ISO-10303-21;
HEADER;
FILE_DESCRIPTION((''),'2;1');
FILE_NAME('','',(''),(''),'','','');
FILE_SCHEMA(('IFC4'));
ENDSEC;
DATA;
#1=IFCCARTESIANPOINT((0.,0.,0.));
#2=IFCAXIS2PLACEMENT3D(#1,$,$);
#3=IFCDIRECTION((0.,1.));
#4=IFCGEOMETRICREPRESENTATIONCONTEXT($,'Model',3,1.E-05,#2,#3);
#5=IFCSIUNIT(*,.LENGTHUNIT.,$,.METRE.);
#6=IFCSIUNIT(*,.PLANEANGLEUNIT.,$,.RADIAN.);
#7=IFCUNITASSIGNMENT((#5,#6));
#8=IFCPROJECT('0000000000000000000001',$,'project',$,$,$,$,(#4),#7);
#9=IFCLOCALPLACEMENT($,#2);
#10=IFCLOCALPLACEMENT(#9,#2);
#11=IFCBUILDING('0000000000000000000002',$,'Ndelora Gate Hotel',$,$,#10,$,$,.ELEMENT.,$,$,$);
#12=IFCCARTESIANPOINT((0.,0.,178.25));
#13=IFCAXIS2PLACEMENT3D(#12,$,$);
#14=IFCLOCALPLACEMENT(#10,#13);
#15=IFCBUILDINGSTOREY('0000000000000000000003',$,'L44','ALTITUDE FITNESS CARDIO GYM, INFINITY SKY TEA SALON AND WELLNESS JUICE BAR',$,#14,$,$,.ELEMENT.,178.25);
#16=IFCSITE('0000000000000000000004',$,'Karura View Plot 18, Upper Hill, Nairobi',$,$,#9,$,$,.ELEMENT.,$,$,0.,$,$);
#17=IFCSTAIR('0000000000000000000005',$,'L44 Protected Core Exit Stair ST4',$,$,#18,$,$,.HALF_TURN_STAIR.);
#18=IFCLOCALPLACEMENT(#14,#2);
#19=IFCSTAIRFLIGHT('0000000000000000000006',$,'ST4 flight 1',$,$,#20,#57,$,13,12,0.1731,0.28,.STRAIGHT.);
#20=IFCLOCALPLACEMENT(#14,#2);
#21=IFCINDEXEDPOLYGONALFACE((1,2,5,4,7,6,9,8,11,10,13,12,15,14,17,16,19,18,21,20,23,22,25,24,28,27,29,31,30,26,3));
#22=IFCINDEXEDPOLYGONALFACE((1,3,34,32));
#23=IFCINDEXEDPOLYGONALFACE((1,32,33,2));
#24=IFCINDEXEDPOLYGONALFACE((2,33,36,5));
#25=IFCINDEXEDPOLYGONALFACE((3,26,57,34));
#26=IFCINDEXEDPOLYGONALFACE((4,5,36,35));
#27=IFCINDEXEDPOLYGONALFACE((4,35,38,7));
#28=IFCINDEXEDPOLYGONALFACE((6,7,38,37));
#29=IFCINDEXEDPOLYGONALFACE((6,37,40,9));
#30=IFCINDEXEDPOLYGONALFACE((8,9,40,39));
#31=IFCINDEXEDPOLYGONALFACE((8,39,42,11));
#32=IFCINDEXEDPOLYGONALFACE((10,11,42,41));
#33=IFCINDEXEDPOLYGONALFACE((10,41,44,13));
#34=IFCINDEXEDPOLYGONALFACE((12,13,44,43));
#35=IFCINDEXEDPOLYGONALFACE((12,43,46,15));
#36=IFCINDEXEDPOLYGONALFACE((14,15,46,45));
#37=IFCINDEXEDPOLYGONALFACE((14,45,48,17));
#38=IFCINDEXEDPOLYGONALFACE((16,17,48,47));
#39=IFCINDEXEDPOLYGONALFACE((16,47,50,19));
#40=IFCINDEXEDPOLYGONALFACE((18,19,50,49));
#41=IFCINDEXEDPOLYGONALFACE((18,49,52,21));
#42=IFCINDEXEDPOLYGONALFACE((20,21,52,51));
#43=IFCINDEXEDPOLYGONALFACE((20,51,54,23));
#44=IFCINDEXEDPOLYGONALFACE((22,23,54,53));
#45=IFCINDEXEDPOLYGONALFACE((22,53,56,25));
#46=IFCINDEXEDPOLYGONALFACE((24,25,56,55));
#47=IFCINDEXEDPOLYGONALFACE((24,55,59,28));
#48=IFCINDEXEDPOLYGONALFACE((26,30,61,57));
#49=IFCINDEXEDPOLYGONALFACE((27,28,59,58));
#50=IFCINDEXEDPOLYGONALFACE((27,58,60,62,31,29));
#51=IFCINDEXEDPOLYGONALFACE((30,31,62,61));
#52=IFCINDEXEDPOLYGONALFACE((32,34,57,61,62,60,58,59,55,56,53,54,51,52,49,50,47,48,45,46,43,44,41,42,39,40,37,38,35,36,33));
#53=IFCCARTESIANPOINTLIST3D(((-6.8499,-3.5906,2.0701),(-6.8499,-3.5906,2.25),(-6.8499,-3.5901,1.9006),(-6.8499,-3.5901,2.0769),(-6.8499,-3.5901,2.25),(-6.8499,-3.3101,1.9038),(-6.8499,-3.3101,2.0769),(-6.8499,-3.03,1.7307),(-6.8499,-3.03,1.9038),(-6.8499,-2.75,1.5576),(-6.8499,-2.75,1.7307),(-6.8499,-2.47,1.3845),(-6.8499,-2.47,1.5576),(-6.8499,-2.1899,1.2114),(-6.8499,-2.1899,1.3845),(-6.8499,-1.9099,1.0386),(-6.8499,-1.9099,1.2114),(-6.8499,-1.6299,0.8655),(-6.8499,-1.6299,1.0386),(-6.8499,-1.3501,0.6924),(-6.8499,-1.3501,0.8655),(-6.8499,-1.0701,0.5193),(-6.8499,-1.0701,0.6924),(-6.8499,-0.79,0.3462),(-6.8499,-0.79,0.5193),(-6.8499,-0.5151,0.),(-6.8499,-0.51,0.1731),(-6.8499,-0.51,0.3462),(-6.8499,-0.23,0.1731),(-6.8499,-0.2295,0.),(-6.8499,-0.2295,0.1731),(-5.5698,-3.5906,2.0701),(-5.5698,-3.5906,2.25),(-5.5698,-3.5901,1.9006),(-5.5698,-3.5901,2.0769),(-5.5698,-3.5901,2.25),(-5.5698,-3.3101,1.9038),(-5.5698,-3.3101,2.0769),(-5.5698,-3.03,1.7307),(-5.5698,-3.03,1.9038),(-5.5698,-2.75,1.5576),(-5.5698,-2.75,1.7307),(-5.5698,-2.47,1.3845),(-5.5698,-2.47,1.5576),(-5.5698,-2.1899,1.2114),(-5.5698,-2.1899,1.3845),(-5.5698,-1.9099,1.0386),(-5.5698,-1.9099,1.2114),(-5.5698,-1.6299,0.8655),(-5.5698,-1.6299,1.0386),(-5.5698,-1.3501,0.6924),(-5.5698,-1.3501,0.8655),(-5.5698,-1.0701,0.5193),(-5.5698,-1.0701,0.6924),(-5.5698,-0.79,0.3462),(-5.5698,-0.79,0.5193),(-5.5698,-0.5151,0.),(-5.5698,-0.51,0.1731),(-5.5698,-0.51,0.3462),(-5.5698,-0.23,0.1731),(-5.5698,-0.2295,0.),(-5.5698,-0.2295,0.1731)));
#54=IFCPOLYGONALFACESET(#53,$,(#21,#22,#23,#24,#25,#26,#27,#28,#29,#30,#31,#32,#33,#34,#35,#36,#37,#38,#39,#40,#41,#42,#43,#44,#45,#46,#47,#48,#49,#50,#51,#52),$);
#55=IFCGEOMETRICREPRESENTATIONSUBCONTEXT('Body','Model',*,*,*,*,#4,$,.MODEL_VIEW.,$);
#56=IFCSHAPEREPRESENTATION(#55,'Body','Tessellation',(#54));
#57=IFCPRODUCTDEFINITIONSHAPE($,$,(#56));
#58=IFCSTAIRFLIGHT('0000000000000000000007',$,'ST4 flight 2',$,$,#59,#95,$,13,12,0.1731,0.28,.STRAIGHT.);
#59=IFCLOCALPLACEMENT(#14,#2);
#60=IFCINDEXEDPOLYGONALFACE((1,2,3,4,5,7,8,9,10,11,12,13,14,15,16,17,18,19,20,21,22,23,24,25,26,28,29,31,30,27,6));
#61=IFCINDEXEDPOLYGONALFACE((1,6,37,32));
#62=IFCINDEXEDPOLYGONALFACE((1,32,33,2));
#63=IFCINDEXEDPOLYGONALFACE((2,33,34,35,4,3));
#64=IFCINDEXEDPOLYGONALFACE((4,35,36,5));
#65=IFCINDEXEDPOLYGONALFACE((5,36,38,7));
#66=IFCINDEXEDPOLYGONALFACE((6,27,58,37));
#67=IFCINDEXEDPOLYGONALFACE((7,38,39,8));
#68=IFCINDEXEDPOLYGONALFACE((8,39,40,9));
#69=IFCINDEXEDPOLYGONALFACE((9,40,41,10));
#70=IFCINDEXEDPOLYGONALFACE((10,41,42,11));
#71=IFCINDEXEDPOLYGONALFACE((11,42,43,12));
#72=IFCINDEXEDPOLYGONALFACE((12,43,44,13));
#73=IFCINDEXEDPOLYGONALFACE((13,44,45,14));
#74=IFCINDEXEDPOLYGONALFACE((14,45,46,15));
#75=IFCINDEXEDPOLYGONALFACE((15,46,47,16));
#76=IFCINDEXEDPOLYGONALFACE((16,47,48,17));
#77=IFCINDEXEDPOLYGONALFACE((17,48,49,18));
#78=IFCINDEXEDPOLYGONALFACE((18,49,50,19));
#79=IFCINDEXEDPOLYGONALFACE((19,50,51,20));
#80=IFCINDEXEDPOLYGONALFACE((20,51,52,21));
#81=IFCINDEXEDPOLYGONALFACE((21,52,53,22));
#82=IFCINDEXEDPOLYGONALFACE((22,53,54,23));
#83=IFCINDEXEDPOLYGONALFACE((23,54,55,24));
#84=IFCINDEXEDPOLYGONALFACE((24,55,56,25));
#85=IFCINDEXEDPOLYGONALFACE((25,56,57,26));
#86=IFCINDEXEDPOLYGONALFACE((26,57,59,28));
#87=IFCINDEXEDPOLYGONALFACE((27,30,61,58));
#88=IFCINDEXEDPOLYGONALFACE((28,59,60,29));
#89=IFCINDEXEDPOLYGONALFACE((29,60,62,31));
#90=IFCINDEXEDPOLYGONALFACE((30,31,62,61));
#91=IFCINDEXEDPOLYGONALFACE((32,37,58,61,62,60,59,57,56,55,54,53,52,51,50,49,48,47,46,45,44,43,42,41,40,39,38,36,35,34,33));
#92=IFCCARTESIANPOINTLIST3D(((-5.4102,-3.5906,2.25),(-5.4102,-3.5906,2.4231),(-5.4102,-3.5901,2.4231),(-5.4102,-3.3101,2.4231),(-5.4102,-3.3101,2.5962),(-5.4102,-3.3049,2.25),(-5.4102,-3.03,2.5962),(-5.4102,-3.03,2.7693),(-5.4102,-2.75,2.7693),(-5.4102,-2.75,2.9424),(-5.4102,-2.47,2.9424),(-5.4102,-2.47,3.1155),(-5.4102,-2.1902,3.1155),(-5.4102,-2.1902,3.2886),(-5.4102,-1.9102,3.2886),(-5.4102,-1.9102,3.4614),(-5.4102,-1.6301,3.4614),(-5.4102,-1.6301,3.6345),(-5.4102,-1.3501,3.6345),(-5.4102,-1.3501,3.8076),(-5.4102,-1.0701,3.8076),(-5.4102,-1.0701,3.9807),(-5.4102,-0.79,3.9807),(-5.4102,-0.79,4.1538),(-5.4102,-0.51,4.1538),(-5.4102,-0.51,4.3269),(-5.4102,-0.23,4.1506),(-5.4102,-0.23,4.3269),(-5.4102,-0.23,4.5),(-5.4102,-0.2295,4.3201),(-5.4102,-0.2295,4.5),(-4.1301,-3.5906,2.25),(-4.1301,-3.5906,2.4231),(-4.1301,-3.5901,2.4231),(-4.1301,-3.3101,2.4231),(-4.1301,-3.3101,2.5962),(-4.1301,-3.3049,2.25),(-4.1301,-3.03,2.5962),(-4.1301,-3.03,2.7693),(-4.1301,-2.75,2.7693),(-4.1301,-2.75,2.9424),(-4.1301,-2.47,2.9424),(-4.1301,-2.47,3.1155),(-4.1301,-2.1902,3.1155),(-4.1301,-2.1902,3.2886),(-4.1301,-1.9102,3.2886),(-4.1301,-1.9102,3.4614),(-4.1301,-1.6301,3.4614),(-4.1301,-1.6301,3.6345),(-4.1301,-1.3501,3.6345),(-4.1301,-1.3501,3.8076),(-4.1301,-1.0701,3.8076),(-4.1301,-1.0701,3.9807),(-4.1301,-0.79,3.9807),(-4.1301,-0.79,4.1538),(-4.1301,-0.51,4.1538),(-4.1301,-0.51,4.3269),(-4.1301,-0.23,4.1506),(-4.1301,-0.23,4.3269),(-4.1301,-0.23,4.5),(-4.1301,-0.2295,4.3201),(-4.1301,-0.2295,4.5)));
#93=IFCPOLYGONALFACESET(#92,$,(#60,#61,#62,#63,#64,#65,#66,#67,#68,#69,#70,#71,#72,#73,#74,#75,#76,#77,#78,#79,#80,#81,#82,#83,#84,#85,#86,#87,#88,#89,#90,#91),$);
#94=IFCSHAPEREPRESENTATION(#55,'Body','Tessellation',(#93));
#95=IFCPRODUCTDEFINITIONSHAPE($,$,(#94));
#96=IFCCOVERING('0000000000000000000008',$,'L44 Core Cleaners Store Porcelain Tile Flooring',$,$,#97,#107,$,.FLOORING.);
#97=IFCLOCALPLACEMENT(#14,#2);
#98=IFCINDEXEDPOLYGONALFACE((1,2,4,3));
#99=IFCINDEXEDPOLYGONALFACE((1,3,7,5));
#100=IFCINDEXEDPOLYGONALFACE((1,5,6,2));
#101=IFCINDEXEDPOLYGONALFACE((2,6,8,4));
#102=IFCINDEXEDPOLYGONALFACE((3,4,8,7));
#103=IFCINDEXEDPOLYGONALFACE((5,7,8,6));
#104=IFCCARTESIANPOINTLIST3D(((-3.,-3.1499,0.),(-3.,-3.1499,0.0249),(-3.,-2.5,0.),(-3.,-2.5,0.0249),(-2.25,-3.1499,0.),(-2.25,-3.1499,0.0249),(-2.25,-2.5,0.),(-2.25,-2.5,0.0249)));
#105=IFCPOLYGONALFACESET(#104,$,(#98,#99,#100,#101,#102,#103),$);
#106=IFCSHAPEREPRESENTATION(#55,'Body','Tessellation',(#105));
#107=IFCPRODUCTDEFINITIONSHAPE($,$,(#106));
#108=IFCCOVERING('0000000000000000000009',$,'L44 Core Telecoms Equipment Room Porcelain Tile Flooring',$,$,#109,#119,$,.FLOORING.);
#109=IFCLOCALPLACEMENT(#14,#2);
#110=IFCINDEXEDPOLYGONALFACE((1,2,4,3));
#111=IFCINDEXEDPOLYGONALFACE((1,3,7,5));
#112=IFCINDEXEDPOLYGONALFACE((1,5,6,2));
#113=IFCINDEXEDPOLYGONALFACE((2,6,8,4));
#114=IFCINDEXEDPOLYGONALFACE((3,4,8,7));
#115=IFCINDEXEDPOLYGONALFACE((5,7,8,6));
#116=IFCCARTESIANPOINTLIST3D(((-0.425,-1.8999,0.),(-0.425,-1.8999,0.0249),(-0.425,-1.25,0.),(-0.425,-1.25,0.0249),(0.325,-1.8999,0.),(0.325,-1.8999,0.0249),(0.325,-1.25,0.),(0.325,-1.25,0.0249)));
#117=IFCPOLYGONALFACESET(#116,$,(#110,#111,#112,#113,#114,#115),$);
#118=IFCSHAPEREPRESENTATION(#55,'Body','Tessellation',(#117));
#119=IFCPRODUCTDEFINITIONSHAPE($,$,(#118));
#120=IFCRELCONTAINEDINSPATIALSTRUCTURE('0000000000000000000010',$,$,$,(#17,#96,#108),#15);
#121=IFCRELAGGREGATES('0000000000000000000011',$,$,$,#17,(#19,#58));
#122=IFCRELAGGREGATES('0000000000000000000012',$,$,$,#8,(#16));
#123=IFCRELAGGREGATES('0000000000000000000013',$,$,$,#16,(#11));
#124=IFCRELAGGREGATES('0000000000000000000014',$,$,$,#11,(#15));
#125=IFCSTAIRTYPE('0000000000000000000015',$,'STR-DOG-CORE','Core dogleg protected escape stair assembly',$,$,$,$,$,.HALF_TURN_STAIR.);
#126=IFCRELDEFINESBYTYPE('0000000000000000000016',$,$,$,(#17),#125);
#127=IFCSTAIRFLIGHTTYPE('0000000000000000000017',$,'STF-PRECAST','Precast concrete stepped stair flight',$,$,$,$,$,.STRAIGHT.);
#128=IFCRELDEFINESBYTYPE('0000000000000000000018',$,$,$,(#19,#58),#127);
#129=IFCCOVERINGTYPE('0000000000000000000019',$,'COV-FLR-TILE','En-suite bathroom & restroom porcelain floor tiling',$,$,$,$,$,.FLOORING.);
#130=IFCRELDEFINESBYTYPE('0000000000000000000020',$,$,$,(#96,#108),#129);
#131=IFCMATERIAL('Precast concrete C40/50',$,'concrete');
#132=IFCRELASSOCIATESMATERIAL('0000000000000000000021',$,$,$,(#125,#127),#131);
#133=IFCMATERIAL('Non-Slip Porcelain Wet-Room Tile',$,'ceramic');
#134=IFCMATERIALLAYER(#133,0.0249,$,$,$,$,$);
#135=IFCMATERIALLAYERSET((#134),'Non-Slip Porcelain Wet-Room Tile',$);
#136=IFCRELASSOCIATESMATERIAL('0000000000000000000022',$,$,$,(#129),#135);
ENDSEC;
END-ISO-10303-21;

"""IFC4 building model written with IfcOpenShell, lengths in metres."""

from ifc_helpers import new_model, si_unit, direction, frame, origin, origin_2d, place, context, subcontext, project, spatial, polyline, rectangle, outline, extrude, material, layer, layer_set, type_object, element, aggregate, save


model = new_model("IFC4")

# Units and contexts
model_context = context("Model", 3, precision=1e-05, world=origin(), true_north=direction((0.0, 1.0)))
body_context = subcontext(model_context, "Body", "Model", "MODEL_VIEW")
ifc_project = project(units=[si_unit("LENGTHUNIT", "METRE"), si_unit("PLANEANGLEUNIT", "RADIAN")], contexts=[model_context])

# Site, building, storey
site_placement = place(None, origin())
site = spatial("IfcSite", under=ifc_project, at=site_placement, Name="Karura View Plot 18, Upper Hill, Nairobi", CompositionType="ELEMENT", RefElevation=0.0)
building_placement = place(site_placement, origin())
building = spatial("IfcBuilding", under=site, at=building_placement, Name="Ndelora Gate Hotel", CompositionType="ELEMENT")
storey_placement = place(building_placement, frame((0.0, 0.0, 178.25)))
storey = spatial("IfcBuildingStorey", under=building, at=storey_placement, Name="L44", Description="ALTITUDE FITNESS CARDIO GYM, INFINITY SKY TEA SALON AND WELLNESS JUICE BAR", CompositionType="ELEMENT", Elevation=178.25)

# Stair, stair flights
ifc_material_1 = material(Name="Precast concrete C40/50", Category="concrete")
stair_type = type_object("IfcStairType", Name="STR-DOG-CORE", Description="Core dogleg protected escape stair assembly", PredefinedType="HALF_TURN_STAIR", material=ifc_material_1)
stair_placement = place(storey_placement, origin())
stair = element("IfcStair", 1, at=stair_placement, inside=storey, type_object=stair_type, Name="L44 Protected Core Exit Stair ST4", PredefinedType="HALF_TURN_STAIR")
stair_flight_type = type_object("IfcStairFlightType", Name="STF-PRECAST", Description="Precast concrete stepped stair flight", PredefinedType="STRAIGHT", material=ifc_material_1)
stair_flight_1_placement = place(storey_placement, frame((-6.21, -0.23, 0.0), z_axis=(0.0, 0.0, 1.0), x_axis=(0.0, -1.0, 0.0)))
stair_flight_1 = element("IfcStairFlight", 2, at=stair_flight_1_placement, type_object=stair_flight_type, Name="ST4 flight 1", NumberOfRisers=13, NumberOfTreads=12, PredefinedType="STRAIGHT", RiserHeight=0.1731, TreadLength=0.28, context=body_context, shape_type="SweptSolid", body=[
    extrude(outline(polyline([(-0.0005, 0.0), (-0.0005, 0.1731), (0.0, 0.1731), (0.28, 0.1731), (0.28, 0.3462), (0.5601, 0.3462), (0.5601, 0.5193), (0.8401, 0.5193), (0.8401, 0.6924), (1.1201, 0.6924), (1.1201, 0.8655), (1.3999, 0.8655), (1.3999, 1.0386), (1.6799, 1.0386), (1.6799, 1.2114), (1.96, 1.2114), (1.96, 1.3845), (2.24, 1.3845), (2.24, 1.5576), (2.52, 1.5576), (2.52, 1.7307), (2.8, 1.7307), (2.8, 1.9038), (3.0801, 1.9038), (3.0801, 2.0769), (3.3601, 2.0769), (3.3601, 2.25), (3.3606, 2.25), (3.3606, 2.0701), (3.3601, 1.9006), (0.2852, 0.0), (-0.0005, 0.0)])), frame((0.0, 0.6401, 0.0), z_axis=(0.0, -1.0, 0.0), x_axis=(1.0, 0.0, 0.0)), (0.0, 0.0, 1.0), 1.28),
])
stair_flight_2_placement = place(storey_placement, frame((-4.77, -3.5901, 2.25), z_axis=(0.0, 0.0, 1.0), x_axis=(0.0, 1.0, 0.0)))
stair_flight_2 = element("IfcStairFlight", 3, at=stair_flight_2_placement, type_object=stair_flight_type, Name="ST4 flight 2", NumberOfRisers=13, NumberOfTreads=12, PredefinedType="STRAIGHT", RiserHeight=0.1731, TreadLength=0.28, context=body_context, shape_type="SweptSolid", body=[
    extrude(outline(polyline([(-0.0005, 0.0), (-0.0005, 0.1731), (0.0, 0.1731), (0.28, 0.1731), (0.28, 0.3462), (0.5601, 0.3462), (0.5601, 0.5193), (0.8401, 0.5193), (0.8401, 0.6924), (1.1201, 0.6924), (1.1201, 0.8655), (1.3999, 0.8655), (1.3999, 1.0386), (1.6799, 1.0386), (1.6799, 1.2114), (1.96, 1.2114), (1.96, 1.3845), (2.24, 1.3845), (2.24, 1.5576), (2.52, 1.5576), (2.52, 1.7307), (2.8, 1.7307), (2.8, 1.9038), (3.0801, 1.9038), (3.0801, 2.0769), (3.3601, 2.0769), (3.3601, 2.25), (3.3606, 2.25), (3.3606, 2.0701), (3.3601, 1.9006), (0.2852, 0.0), (-0.0005, 0.0)])), frame((0.0, 0.6401, 0.0), z_axis=(0.0, -1.0, 0.0), x_axis=(1.0, 0.0, 0.0)), (0.0, 0.0, 1.0), 1.28),
])
aggregate(stair, [stair_flight_1, stair_flight_2])

# Coverings
ifc_material_2 = material(Name="Non-Slip Porcelain Wet-Room Tile", Category="ceramic")
ifc_layer_1 = layer(ifc_material_2, 0.0249)
ifc_layer_set_1 = layer_set([ifc_layer_1], Name="Non-Slip Porcelain Wet-Room Tile")
covering_type = type_object("IfcCoveringType", Name="COV-FLR-TILE", Description="En-suite bathroom & restroom porcelain floor tiling", PredefinedType="FLOORING", material=ifc_layer_set_1)
for number, where, z_axis, x_axis, name in (
    (4, (-2.625, -2.825, 0.0), (0.0, 0.0, 1.0), (1.0, 0.0, 0.0), "L44 Core Cleaners Store Porcelain Tile Flooring"),
    (5, (-0.05, -1.575, 0.0), (0.0, 0.0, 1.0), (1.0, 0.0, 0.0), "L44 Core Telecoms Equipment Room Porcelain Tile Flooring"),
):
    element("IfcCovering", number, at=place(storey_placement, frame(where, z_axis=z_axis, x_axis=x_axis)), inside=storey, type_object=covering_type, Name=name, PredefinedType="FLOORING", context=body_context, shape_type="SweptSolid", body=[
        extrude(rectangle(XDim=0.75, YDim=0.6499, at=origin_2d()), origin(), (0.0, 0.0, 1.0), 0.0249),
    ])

save(model, "model.ifc")
